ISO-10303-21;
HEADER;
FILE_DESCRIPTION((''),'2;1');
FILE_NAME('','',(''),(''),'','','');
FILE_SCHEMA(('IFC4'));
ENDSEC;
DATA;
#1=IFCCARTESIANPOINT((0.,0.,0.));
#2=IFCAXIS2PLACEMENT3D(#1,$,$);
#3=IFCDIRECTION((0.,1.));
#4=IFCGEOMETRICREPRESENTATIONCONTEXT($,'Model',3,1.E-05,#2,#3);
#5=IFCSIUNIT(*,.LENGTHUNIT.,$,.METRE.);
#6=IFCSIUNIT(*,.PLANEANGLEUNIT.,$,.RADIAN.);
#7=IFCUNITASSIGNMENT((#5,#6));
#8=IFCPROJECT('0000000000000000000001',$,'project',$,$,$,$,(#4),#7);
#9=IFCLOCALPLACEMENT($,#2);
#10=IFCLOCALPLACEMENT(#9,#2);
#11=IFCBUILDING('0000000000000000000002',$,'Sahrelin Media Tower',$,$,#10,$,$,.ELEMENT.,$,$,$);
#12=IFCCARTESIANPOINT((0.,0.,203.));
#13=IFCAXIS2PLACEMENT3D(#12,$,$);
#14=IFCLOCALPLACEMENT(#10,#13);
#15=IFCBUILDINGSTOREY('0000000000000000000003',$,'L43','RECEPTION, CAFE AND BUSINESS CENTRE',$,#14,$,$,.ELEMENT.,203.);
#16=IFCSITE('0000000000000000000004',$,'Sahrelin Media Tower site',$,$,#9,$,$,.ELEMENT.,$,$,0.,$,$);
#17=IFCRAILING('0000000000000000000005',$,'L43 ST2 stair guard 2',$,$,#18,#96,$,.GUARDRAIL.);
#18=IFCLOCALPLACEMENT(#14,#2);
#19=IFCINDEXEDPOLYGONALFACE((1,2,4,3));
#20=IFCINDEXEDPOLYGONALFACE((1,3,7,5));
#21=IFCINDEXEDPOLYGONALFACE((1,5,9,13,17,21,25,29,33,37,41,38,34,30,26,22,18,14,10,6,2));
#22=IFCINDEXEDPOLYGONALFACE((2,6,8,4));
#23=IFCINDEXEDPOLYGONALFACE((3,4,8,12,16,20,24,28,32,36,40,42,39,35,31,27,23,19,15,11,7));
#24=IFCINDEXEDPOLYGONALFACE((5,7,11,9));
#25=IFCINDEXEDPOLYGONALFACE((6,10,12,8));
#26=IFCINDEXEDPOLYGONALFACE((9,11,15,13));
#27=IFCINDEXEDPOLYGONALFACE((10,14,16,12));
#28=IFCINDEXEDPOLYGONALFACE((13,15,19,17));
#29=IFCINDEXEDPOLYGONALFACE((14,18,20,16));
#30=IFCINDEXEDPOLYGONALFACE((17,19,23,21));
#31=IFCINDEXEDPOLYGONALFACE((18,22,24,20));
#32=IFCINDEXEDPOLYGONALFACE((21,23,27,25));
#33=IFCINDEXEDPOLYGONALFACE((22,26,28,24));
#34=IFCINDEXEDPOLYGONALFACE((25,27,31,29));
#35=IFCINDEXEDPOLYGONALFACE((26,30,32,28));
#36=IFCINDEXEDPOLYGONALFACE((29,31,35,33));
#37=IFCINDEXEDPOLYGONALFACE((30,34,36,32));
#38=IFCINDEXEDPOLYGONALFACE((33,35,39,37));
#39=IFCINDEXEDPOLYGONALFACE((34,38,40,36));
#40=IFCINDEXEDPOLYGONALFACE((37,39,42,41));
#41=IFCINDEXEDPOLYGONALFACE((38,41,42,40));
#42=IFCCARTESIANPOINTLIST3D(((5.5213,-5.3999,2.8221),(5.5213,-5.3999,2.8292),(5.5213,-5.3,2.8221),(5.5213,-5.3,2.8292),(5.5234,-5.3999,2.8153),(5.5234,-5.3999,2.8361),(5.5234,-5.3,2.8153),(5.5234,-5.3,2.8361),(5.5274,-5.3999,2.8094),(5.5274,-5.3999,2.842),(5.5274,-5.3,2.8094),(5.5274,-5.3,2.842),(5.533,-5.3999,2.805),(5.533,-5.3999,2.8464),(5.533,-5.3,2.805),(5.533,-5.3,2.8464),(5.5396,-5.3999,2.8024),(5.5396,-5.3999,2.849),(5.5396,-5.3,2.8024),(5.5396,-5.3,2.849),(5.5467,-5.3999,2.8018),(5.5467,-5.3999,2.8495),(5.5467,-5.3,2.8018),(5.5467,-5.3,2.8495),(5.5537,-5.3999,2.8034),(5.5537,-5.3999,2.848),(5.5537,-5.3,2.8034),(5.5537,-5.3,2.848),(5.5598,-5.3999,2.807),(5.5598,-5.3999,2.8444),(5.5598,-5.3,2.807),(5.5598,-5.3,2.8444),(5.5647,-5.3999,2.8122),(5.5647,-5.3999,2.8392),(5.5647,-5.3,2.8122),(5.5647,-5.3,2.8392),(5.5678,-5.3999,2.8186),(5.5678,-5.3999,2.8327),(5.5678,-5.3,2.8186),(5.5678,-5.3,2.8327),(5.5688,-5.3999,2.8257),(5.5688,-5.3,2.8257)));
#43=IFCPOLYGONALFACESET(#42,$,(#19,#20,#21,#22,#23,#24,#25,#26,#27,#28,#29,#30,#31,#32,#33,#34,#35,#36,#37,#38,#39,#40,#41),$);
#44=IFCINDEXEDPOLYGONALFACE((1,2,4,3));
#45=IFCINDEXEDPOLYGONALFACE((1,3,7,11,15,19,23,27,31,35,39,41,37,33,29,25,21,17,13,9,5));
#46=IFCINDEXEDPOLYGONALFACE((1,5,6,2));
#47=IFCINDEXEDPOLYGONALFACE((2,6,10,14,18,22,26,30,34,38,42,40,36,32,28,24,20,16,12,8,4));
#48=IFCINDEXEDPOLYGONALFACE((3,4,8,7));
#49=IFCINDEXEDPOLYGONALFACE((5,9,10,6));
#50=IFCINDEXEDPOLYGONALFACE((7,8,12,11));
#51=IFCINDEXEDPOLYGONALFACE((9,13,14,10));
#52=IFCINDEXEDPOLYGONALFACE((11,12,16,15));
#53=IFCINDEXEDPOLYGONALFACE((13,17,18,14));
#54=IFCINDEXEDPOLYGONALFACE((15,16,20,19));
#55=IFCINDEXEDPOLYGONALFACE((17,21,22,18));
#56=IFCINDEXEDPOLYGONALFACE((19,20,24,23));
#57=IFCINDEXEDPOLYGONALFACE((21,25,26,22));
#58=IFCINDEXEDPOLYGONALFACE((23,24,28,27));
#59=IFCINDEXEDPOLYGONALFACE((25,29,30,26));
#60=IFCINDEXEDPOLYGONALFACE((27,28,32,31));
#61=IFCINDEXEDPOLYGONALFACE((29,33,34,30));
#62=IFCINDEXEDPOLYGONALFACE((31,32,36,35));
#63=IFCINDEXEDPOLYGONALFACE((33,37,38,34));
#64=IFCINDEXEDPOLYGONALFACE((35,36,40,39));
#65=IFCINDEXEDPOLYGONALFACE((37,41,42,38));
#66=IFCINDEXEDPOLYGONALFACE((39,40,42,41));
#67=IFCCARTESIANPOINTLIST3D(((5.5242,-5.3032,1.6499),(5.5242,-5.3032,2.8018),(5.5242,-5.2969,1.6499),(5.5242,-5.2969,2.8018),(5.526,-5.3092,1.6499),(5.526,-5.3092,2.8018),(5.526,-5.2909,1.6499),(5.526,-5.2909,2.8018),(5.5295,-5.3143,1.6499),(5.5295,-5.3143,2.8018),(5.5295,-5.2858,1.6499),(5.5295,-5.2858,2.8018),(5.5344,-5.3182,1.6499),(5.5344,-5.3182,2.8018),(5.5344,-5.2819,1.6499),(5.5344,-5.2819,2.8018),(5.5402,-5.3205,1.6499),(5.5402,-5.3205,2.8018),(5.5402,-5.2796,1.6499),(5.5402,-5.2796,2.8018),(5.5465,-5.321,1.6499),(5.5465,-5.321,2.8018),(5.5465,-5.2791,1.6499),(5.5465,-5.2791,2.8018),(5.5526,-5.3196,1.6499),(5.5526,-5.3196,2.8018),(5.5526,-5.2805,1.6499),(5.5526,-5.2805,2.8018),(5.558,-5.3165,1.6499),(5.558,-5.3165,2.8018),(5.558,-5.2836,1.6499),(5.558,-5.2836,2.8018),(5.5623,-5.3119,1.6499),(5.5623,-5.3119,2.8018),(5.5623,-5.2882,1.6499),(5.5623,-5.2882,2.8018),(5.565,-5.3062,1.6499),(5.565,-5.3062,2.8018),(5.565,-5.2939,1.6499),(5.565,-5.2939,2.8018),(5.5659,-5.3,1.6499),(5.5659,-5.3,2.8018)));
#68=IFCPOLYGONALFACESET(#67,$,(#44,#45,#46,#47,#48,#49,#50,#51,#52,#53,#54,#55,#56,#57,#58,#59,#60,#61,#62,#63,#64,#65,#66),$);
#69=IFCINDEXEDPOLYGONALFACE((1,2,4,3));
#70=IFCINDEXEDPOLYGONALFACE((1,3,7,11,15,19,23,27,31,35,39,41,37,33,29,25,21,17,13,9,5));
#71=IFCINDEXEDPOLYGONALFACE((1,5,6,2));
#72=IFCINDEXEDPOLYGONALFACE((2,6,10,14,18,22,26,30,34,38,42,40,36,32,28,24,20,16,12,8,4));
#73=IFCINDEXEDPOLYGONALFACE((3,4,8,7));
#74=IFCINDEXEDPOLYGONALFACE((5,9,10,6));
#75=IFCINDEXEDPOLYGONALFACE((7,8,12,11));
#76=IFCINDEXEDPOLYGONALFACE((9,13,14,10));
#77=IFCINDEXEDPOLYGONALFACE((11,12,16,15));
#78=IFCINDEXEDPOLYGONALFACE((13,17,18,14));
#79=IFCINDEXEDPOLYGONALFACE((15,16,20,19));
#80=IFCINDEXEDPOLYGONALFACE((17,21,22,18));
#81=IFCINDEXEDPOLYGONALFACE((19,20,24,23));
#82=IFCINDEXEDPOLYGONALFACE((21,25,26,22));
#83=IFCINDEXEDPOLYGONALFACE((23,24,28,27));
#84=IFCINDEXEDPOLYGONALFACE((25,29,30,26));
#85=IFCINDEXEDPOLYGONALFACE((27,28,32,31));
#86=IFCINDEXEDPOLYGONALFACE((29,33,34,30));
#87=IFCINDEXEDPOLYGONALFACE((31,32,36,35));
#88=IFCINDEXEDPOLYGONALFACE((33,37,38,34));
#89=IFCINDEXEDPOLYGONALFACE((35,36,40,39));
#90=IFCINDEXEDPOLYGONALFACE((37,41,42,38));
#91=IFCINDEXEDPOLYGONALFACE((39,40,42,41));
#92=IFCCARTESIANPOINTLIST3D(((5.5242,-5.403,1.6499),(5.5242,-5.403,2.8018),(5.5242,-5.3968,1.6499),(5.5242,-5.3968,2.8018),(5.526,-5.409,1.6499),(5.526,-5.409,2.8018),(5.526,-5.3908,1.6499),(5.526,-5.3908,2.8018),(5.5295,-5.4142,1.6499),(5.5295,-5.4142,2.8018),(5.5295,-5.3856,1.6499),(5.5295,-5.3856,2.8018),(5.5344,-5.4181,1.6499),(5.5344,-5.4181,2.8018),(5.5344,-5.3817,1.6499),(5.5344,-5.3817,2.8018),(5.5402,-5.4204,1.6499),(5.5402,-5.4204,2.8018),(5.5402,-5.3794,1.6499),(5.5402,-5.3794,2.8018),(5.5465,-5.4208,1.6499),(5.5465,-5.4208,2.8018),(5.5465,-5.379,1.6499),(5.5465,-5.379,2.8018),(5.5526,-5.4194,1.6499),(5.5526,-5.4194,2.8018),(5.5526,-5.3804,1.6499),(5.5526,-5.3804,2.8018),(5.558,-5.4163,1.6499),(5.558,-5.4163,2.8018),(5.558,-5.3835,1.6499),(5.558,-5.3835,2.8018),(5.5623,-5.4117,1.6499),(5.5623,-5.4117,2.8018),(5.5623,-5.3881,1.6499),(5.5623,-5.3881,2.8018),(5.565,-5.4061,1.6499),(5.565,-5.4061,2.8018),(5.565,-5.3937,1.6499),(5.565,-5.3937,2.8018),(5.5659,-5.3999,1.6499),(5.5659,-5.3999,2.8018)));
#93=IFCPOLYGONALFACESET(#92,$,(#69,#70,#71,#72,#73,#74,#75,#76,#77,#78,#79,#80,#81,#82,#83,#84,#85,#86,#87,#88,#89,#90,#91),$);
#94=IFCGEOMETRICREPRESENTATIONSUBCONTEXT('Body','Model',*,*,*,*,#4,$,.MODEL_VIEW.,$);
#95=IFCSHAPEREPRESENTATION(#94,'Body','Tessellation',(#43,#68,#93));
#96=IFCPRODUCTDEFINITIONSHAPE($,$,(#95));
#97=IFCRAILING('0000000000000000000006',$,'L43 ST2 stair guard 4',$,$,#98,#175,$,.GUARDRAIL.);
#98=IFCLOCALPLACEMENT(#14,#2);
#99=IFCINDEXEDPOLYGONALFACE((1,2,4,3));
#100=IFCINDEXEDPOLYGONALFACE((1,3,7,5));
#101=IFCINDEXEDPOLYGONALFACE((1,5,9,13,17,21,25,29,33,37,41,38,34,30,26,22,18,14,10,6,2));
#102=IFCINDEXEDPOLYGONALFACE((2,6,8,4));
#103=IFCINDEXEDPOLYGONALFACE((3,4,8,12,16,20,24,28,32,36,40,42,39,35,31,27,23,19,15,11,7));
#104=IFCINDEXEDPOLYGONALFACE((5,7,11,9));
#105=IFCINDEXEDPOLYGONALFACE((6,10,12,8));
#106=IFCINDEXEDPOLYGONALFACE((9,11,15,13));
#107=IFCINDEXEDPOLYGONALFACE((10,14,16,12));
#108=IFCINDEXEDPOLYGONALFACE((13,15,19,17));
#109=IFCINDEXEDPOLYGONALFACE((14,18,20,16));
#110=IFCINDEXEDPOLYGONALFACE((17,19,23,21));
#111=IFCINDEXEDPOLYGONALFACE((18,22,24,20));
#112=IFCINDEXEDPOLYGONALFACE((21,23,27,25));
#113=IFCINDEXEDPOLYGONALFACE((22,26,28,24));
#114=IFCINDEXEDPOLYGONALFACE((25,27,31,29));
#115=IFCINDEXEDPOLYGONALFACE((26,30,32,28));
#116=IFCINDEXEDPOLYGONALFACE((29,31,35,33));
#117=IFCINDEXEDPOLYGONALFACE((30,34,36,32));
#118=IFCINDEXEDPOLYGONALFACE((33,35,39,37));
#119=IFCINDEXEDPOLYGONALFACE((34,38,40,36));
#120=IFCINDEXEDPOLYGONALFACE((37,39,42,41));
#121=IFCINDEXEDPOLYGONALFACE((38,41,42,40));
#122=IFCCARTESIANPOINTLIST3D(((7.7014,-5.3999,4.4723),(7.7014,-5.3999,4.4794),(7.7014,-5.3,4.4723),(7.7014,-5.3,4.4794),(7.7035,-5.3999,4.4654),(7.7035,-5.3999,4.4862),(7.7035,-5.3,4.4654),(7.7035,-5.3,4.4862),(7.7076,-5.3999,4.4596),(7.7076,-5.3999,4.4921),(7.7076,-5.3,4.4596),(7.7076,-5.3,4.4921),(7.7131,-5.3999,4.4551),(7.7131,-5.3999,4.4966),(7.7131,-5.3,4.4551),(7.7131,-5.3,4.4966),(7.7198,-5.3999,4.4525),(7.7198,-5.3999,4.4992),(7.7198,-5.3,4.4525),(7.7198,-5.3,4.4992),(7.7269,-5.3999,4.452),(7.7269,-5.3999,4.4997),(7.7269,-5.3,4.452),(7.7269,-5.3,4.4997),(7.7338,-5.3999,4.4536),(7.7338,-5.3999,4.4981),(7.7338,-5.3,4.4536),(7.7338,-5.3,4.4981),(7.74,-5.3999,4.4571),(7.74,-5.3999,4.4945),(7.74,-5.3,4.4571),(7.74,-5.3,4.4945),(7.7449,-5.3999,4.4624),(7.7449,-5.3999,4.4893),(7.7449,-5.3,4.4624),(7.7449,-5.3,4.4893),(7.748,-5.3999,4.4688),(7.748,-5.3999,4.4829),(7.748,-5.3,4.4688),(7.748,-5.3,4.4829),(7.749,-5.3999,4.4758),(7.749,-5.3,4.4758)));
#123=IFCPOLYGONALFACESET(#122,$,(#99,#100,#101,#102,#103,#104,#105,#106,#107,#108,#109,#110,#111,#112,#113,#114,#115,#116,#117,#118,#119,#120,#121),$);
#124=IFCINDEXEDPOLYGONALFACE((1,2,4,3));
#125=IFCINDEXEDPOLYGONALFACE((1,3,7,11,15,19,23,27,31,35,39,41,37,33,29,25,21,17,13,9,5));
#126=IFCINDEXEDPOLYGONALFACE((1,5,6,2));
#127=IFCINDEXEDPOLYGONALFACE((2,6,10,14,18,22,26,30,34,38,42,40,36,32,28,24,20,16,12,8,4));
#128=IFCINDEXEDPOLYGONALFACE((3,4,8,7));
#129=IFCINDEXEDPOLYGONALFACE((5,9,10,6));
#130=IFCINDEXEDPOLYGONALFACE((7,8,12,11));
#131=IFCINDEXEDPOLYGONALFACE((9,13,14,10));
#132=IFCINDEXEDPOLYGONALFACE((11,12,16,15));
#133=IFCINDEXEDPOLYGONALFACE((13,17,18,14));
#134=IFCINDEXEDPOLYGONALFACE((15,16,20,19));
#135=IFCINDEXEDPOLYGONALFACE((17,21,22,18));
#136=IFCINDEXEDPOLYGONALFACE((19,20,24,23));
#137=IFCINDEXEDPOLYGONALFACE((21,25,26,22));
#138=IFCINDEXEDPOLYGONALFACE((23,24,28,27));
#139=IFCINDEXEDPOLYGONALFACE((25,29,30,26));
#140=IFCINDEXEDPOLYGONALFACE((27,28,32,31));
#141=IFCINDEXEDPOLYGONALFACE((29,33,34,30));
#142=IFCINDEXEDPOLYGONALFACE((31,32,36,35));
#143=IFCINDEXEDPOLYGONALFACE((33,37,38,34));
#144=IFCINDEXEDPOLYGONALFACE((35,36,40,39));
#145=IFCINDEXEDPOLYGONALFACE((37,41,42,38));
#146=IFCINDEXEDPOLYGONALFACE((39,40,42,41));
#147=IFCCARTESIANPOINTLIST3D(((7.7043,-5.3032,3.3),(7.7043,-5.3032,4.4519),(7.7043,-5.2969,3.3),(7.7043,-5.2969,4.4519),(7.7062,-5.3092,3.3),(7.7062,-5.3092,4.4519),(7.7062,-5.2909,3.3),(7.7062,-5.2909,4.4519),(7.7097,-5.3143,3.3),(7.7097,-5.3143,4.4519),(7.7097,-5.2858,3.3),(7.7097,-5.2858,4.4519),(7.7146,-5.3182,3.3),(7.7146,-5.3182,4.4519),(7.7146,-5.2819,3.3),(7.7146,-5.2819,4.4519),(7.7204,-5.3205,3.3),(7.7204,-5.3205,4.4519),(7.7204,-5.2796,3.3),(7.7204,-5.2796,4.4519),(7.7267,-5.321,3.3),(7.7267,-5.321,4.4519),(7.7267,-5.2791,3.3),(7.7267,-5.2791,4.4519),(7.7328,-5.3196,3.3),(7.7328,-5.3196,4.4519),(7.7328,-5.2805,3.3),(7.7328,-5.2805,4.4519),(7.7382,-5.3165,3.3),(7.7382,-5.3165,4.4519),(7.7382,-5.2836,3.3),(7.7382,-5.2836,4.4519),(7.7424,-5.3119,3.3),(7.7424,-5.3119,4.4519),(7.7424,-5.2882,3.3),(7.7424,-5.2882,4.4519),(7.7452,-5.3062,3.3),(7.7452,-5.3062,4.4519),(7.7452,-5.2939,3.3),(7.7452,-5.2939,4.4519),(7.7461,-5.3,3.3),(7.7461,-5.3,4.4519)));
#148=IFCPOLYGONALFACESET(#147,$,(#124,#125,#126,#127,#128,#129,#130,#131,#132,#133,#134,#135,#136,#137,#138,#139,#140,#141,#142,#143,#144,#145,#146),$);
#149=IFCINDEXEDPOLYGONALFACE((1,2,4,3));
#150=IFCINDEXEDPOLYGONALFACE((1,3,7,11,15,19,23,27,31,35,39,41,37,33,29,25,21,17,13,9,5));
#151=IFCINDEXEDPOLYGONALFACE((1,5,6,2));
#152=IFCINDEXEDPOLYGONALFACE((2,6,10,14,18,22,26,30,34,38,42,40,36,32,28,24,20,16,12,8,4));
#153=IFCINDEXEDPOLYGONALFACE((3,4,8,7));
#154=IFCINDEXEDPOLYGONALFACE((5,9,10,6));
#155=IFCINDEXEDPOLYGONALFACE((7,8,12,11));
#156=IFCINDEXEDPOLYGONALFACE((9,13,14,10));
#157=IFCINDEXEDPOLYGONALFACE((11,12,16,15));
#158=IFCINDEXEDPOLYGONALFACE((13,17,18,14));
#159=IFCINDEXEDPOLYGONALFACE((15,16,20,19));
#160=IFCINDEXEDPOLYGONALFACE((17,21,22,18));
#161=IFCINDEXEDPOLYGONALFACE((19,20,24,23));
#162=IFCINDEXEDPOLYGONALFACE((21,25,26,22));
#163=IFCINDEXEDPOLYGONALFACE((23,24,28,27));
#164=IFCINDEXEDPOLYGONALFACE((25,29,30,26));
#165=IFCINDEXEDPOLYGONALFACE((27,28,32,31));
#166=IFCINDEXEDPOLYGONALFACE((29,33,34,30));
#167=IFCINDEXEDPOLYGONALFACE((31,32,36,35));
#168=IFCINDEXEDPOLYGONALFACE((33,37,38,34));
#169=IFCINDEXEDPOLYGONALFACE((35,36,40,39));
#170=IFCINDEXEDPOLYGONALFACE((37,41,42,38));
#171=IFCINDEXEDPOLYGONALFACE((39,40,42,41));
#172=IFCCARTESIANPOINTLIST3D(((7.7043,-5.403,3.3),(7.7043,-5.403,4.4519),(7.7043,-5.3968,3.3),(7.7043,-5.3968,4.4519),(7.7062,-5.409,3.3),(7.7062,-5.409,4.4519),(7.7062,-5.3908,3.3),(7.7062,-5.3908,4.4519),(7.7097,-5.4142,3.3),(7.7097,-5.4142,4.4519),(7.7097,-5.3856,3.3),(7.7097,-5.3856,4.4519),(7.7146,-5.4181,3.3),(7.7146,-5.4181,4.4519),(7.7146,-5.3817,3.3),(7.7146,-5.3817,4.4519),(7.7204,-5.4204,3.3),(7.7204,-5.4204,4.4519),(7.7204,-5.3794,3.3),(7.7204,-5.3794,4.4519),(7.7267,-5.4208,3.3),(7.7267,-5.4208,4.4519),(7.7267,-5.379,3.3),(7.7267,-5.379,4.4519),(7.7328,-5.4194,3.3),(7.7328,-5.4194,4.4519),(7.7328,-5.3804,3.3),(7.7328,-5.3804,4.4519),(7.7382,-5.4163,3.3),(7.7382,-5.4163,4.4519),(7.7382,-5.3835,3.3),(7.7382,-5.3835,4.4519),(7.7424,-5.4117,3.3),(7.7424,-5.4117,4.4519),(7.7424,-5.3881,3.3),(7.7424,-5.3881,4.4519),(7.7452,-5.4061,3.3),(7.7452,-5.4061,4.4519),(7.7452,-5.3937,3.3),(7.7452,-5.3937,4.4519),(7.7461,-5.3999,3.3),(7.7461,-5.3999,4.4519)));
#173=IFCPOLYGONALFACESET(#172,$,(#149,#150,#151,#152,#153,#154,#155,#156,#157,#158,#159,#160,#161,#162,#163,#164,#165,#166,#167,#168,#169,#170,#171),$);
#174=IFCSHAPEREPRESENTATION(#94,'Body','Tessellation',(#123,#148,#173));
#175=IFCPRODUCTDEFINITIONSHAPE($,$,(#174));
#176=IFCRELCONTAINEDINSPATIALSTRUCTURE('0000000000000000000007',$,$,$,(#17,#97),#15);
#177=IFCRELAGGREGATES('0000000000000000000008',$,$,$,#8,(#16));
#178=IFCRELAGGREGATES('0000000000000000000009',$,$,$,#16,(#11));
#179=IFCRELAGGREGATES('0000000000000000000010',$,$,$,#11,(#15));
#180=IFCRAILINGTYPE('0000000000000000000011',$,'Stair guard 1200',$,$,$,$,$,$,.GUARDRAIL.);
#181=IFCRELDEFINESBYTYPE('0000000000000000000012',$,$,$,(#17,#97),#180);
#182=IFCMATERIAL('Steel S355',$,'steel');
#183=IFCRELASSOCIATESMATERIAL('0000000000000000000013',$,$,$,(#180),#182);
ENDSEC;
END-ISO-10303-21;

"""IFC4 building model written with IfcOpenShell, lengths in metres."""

from ifc_helpers import new_model, si_unit, direction, frame, origin, origin_2d, place, context, subcontext, project, spatial, circle, extrude, material, type_object, element, save


model = new_model("IFC4")

# Units and contexts
model_context = context("Model", 3, precision=1e-05, world=origin(), true_north=direction((0.0, 1.0)))
body_context = subcontext(model_context, "Body", "Model", "MODEL_VIEW")
ifc_project = project(units=[si_unit("LENGTHUNIT", "METRE"), si_unit("PLANEANGLEUNIT", "RADIAN")], contexts=[model_context])

# Site, building, storey
site_placement = place(None, origin())
site = spatial("IfcSite", under=ifc_project, at=site_placement, Name="Sahrelin Media Tower site", CompositionType="ELEMENT", RefElevation=0.0)
building_placement = place(site_placement, origin())
building = spatial("IfcBuilding", under=site, at=building_placement, Name="Sahrelin Media Tower", CompositionType="ELEMENT")
storey_placement = place(building_placement, frame((0.0, 0.0, 203.0)))
storey = spatial("IfcBuildingStorey", under=building, at=storey_placement, Name="L43", Description="RECEPTION, CAFE AND BUSINESS CENTRE", CompositionType="ELEMENT", Elevation=203.0)

# Railings
ifc_material_1 = material(Name="Steel S355", Category="steel")
railing_type_1 = type_object("IfcRailingType", Name="Stair guard 1200", PredefinedType="GUARDRAIL", material=ifc_material_1)
for number, where, name in (
    (1, (5.5449, -5.3, 1.6499), "L43 ST2 stair guard 2"),
    (2, (7.7251, -5.3, 3.3), "L43 ST2 stair guard 4"),
):
    element("IfcRailing", number, at=place(storey_placement, frame(where)), inside=storey, type_object=railing_type_1, Name=name, PredefinedType="GUARDRAIL", context=body_context, shape_type="SweptSolid", body=[
        extrude(circle(Radius=0.0239, at=origin_2d()), frame((0.0, 0.0, 1.1758), z_axis=(0.0, -1.0, 0.0), x_axis=(1.0, 0.0, 0.0)), (0.0, 0.0, 1.0), 0.0999),
        extrude(circle(Radius=0.021, at=origin_2d()), origin(), (0.0, 0.0, 1.0), 1.1519),
        extrude(circle(Radius=0.021, at=origin_2d()), frame((0.0, -0.0999, 0.0)), (0.0, 0.0, 1.0), 1.1519),
    ])

save(model, "model.ifc")
